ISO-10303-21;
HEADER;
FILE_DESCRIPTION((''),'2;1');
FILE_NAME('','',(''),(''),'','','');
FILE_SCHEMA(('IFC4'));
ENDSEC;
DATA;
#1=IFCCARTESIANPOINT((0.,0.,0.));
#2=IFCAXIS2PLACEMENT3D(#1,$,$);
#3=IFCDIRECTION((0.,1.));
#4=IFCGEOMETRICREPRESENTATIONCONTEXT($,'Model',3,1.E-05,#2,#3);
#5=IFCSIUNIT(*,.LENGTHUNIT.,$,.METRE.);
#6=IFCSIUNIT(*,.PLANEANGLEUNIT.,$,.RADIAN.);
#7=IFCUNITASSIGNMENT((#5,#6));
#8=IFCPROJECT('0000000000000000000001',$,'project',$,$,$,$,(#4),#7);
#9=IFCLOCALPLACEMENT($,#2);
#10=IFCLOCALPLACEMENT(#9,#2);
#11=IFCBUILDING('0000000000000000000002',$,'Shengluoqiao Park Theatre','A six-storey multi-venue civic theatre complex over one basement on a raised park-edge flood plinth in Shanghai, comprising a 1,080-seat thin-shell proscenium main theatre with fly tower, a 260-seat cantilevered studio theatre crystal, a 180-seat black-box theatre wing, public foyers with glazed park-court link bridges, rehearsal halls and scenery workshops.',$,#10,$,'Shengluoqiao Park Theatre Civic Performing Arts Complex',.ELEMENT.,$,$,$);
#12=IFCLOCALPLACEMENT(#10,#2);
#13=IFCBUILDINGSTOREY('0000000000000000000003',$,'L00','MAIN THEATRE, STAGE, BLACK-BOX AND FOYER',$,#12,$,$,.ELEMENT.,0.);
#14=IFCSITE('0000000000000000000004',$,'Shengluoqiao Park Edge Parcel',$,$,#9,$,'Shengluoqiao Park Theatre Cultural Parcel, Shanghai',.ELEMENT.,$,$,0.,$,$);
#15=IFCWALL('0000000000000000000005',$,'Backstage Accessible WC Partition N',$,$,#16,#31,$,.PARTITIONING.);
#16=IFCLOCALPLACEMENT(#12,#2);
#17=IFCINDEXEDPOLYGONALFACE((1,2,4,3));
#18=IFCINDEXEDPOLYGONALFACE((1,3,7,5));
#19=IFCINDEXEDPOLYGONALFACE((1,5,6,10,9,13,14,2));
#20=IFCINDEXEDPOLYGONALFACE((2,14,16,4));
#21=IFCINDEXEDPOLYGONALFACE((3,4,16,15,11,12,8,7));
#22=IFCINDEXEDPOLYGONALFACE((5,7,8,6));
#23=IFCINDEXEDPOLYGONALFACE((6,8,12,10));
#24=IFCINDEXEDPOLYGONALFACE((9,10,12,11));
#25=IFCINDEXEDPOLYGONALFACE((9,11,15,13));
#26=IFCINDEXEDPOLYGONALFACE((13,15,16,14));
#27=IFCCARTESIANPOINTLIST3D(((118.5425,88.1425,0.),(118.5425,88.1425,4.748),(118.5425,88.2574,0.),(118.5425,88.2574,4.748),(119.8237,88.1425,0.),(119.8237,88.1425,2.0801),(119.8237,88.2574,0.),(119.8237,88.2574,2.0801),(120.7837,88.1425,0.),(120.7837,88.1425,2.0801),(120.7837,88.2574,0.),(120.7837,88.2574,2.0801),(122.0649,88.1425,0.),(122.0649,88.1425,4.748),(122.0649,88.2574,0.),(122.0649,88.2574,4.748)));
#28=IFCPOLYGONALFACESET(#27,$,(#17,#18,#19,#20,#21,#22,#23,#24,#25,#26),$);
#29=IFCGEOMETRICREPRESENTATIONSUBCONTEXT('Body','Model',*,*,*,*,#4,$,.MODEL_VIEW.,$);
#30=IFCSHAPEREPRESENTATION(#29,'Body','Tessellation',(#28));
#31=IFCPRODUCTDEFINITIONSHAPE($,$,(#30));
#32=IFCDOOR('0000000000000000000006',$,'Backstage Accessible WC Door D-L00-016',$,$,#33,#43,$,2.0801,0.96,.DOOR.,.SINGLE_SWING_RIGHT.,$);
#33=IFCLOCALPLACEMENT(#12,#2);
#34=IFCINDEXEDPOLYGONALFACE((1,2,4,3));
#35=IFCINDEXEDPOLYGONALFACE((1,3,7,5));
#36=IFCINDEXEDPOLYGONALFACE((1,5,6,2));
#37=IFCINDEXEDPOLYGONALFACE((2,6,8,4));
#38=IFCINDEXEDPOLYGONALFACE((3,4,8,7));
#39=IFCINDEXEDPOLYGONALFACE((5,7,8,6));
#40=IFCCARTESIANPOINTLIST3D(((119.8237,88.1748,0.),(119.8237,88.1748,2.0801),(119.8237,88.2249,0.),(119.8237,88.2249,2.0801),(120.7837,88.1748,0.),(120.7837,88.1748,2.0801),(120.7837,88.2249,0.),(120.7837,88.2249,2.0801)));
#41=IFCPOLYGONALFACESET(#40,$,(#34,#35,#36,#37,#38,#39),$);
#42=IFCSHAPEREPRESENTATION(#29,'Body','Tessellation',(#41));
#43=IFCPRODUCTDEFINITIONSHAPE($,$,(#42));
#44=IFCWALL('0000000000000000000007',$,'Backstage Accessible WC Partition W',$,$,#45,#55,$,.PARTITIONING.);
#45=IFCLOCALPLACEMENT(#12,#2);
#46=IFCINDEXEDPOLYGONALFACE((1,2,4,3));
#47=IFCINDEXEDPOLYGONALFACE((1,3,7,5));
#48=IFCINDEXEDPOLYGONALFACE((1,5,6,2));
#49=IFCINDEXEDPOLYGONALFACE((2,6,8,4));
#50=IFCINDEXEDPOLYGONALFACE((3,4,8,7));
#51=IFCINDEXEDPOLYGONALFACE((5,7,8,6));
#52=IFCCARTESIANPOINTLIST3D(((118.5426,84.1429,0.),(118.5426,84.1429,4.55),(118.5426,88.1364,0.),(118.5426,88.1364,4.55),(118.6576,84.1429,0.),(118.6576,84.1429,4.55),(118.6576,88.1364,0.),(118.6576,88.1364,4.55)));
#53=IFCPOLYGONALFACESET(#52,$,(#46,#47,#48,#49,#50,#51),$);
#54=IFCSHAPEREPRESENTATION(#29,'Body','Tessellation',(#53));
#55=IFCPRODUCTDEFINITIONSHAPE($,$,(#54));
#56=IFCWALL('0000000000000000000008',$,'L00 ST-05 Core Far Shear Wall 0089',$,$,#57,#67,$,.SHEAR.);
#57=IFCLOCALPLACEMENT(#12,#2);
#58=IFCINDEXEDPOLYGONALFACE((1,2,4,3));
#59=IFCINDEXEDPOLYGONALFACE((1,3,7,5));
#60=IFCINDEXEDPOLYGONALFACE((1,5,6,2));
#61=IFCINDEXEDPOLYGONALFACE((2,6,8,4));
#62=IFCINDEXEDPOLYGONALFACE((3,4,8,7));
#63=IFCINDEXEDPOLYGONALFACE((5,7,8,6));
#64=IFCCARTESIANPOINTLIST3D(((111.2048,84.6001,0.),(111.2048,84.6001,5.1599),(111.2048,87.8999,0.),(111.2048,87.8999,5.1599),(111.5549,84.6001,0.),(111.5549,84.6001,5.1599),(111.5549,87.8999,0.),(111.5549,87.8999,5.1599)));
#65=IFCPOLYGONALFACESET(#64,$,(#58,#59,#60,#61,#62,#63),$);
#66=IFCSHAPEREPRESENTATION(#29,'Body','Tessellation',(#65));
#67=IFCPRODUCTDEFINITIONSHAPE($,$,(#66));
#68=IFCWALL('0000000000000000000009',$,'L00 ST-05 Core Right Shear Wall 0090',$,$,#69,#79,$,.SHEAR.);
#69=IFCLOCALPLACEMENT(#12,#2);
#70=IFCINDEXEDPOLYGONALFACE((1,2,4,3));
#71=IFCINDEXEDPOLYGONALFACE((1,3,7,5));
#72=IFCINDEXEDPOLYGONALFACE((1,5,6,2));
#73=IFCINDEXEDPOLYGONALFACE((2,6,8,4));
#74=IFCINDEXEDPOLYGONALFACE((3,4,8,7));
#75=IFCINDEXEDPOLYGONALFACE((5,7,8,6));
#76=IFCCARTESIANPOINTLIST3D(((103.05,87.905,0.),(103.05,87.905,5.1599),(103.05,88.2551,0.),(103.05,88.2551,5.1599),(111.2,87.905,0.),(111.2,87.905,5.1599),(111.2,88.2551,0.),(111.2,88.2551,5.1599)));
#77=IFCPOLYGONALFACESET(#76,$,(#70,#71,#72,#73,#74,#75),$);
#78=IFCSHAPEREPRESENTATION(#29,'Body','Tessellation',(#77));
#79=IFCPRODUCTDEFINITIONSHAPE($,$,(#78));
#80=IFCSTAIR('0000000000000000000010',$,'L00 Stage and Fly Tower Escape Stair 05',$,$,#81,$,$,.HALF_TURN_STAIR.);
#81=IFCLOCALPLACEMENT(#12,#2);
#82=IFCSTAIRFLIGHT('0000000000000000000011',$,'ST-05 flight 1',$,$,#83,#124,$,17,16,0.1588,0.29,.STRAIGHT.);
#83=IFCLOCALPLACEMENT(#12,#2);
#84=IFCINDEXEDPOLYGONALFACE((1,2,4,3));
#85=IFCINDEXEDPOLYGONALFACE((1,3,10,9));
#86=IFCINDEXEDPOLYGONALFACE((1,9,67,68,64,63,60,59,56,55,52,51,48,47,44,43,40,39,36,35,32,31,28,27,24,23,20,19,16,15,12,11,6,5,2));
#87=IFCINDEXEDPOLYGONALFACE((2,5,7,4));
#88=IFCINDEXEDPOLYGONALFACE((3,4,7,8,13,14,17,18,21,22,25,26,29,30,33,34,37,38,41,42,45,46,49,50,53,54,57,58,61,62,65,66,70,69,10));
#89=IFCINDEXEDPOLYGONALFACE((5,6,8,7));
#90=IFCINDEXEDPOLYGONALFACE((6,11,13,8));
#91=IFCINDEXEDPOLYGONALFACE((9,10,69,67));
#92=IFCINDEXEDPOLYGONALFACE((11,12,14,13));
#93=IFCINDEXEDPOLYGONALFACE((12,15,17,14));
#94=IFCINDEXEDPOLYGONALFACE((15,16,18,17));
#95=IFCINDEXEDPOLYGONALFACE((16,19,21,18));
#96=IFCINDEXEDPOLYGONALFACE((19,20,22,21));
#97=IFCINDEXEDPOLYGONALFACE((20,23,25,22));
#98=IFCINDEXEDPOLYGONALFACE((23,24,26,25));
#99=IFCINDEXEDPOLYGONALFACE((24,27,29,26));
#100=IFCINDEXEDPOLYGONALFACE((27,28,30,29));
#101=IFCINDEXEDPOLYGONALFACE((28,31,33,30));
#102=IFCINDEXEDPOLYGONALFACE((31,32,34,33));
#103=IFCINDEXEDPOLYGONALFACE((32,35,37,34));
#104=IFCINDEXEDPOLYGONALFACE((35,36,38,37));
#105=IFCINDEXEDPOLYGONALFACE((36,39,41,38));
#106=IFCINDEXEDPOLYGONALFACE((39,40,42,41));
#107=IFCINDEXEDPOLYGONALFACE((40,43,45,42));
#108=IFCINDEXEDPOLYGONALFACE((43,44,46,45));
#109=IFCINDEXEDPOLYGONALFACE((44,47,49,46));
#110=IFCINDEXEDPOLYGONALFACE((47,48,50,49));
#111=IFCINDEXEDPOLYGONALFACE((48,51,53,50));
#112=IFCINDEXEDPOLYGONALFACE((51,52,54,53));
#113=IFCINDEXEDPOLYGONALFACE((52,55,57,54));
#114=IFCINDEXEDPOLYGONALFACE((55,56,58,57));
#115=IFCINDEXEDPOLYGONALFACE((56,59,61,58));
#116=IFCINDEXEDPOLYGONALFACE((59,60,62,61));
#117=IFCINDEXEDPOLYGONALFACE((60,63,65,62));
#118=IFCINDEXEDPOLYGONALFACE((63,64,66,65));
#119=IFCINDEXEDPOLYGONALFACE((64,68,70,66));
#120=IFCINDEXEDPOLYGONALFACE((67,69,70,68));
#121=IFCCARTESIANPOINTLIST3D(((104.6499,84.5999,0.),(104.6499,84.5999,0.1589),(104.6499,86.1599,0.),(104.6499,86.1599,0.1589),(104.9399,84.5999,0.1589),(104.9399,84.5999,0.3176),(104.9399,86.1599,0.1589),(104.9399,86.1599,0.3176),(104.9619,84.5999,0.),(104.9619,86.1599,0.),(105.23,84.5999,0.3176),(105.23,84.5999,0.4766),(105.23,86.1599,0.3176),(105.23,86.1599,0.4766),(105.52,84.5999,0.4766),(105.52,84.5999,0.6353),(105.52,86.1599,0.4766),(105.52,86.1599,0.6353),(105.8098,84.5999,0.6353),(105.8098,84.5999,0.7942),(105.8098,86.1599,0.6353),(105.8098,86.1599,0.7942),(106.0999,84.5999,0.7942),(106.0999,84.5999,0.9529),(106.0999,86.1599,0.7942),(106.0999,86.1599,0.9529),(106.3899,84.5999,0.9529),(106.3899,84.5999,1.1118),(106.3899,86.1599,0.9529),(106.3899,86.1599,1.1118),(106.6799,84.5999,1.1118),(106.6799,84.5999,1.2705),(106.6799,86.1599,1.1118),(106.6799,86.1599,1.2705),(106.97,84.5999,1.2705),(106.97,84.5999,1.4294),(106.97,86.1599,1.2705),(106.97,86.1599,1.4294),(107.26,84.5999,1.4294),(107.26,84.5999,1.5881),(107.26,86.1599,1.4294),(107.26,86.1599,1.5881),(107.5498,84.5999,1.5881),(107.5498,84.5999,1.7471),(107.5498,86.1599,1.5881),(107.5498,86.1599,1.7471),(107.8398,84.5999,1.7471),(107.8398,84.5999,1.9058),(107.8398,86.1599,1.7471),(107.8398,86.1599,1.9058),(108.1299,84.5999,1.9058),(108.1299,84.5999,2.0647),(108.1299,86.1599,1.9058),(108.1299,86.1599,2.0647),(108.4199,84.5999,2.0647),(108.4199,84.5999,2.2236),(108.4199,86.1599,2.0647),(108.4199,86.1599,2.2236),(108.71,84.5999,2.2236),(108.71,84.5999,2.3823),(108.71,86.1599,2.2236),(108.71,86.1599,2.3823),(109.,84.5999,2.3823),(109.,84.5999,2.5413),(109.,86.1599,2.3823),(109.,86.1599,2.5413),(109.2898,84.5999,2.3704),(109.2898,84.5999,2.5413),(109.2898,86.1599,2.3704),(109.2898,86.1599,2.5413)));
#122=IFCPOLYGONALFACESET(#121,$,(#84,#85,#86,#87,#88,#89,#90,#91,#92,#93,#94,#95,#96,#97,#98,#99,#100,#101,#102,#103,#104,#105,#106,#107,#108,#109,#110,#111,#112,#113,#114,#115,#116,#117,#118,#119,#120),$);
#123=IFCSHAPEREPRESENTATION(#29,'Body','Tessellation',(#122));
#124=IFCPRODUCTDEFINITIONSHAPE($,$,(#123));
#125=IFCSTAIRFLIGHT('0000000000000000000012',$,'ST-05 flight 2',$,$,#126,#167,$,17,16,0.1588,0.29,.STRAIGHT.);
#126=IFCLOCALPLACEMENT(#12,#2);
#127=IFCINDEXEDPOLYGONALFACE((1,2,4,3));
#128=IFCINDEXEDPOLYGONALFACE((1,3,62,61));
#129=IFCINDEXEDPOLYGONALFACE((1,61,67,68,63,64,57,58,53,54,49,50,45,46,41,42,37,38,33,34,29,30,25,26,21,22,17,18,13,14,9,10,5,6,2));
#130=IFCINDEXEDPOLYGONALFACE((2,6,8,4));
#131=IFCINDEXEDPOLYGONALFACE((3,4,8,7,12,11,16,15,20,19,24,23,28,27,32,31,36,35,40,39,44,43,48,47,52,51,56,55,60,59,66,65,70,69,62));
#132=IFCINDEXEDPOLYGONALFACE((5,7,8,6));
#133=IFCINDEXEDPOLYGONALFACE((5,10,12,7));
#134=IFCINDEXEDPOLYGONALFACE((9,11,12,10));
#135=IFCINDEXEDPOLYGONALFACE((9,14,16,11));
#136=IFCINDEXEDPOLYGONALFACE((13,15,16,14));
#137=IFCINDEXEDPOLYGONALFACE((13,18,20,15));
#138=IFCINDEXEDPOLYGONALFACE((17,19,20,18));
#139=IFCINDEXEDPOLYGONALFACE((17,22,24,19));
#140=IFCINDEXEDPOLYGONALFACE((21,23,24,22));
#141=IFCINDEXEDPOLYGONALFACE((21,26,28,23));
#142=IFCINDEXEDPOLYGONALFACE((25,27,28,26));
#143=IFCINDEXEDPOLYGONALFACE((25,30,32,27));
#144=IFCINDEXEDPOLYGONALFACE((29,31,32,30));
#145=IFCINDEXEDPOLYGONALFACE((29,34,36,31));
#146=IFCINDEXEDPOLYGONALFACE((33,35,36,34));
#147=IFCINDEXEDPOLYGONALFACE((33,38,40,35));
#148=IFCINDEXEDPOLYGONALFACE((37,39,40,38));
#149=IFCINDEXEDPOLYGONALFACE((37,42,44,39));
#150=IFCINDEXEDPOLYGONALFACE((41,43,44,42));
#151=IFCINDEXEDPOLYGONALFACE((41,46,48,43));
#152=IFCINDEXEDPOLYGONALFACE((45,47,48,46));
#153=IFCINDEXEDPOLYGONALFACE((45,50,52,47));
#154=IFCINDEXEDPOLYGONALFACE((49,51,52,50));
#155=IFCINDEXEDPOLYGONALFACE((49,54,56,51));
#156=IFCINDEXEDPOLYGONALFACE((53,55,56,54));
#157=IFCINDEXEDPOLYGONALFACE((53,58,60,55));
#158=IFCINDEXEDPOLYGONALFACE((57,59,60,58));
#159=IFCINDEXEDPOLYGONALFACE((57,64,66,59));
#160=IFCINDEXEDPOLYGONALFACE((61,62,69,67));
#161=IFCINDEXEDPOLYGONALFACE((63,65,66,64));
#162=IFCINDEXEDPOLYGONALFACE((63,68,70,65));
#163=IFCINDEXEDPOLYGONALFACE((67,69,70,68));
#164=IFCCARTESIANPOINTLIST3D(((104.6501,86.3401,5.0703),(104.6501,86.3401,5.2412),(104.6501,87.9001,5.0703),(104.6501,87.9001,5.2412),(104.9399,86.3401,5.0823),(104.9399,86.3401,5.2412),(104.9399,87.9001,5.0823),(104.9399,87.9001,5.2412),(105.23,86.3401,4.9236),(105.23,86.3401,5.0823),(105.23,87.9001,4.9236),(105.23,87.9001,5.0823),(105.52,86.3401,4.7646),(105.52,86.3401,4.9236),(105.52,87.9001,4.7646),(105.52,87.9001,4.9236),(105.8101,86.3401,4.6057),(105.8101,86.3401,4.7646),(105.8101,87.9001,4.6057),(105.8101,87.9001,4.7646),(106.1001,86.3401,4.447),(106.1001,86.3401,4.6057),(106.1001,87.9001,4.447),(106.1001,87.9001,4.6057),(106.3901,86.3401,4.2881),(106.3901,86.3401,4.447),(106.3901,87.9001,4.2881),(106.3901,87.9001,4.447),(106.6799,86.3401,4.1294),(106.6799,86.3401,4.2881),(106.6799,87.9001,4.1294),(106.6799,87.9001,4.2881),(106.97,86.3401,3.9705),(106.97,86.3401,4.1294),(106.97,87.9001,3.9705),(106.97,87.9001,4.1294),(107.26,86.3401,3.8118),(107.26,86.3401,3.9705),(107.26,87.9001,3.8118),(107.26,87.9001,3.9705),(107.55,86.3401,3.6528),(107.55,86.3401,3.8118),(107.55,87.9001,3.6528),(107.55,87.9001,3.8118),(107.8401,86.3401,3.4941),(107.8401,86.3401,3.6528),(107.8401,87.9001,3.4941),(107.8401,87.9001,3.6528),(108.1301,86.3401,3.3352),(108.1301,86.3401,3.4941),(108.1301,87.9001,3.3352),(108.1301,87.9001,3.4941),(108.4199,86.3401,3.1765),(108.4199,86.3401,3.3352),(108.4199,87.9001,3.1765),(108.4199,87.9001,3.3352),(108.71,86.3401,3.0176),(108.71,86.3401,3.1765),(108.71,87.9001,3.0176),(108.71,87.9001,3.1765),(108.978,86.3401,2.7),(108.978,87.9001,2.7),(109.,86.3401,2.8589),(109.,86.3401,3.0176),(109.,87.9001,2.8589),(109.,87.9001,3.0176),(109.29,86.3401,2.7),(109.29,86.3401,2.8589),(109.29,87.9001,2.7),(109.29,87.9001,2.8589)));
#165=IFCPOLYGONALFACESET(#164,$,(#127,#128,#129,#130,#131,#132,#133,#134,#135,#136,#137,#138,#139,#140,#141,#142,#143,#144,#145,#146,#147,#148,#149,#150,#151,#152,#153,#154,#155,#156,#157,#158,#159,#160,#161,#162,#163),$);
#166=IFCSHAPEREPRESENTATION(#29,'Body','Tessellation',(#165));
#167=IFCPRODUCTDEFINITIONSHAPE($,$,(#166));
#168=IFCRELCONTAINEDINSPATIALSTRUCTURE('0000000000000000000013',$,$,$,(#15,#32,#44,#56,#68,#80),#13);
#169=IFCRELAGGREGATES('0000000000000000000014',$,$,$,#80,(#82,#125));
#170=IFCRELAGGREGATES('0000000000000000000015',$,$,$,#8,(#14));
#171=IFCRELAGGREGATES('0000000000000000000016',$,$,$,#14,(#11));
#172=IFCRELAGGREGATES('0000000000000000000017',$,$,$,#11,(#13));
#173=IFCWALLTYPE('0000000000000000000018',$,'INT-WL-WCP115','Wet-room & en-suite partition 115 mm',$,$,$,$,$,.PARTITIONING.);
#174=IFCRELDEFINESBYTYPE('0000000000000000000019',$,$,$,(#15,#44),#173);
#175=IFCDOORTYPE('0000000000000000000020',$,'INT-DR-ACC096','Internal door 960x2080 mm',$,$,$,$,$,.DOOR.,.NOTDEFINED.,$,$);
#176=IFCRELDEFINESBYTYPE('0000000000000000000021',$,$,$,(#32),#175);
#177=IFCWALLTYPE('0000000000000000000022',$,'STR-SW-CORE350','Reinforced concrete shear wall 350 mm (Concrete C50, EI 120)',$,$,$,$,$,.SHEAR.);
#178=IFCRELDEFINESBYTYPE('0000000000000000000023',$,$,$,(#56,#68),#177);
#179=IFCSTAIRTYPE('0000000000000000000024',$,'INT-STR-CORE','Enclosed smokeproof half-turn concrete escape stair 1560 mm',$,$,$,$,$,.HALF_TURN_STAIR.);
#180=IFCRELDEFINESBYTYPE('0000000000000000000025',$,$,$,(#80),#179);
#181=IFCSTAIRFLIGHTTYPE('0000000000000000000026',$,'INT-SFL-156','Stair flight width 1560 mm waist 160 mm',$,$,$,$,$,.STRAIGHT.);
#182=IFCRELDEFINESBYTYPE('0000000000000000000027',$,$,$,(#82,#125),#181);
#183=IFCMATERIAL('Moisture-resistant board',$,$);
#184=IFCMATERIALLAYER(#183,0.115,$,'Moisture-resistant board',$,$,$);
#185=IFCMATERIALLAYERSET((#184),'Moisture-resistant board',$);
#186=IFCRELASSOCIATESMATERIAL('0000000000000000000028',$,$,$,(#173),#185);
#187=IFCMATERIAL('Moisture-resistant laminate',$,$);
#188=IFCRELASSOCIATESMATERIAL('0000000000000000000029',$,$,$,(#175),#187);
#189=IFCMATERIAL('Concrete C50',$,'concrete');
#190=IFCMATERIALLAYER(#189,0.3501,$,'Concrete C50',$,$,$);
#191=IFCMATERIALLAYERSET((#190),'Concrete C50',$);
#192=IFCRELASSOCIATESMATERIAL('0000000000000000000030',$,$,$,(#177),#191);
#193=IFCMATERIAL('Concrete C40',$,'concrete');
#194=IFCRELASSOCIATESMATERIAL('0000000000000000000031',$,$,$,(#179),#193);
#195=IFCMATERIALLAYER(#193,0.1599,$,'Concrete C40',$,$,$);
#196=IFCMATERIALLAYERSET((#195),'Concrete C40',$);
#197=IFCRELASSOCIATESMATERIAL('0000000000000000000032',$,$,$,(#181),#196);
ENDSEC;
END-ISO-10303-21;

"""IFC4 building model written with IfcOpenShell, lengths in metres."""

from ifc_helpers import new_model, si_unit, direction, frame, frame_2d, origin, place, context, subcontext, project, spatial, polyline, rectangle, outline, extrude, material, layer, layer_set, type_object, element, fill, aggregate, save


model = new_model("IFC4")

# Units and contexts
model_context = context("Model", 3, precision=1e-05, world=origin(), true_north=direction((0.0, 1.0)))
body_context = subcontext(model_context, "Body", "Model", "MODEL_VIEW")
ifc_project = project(units=[si_unit("LENGTHUNIT", "METRE"), si_unit("PLANEANGLEUNIT", "RADIAN")], contexts=[model_context])

# Site, building, storey
site_placement = place(None, origin())
site = spatial("IfcSite", under=ifc_project, at=site_placement, Name="Shengluoqiao Park Edge Parcel", LongName="Shengluoqiao Park Theatre Cultural Parcel, Shanghai", CompositionType="ELEMENT", RefElevation=0.0)
building_placement = place(site_placement, origin())
building = spatial("IfcBuilding", under=site, at=building_placement, Name="Shengluoqiao Park Theatre", Description="A six-storey multi-venue civic theatre complex over one basement on a raised park-edge flood plinth in Shanghai, comprising a 1,080-seat thin-shell proscenium main theatre with fly tower, a 260-seat cantilevered studio theatre crystal, a 180-seat black-box theatre wing, public foyers with glazed park-court link bridges, rehearsal halls and scenery workshops.", LongName="Shengluoqiao Park Theatre Civic Performing Arts Complex", CompositionType="ELEMENT")
storey_placement = place(building_placement, origin())
storey = spatial("IfcBuildingStorey", under=building, at=storey_placement, Name="L00", Description="MAIN THEATRE, STAGE, BLACK-BOX AND FOYER", CompositionType="ELEMENT", Elevation=0.0)

# Shared definitions
ifc_material_1 = material(Name="Concrete C40", Category="concrete")

# Wall, opening, door
ifc_material_2 = material(Name="Moisture-resistant board")
ifc_layer_1 = layer(ifc_material_2, 0.115, Name="Moisture-resistant board")
ifc_layer_set_1 = layer_set([ifc_layer_1], Name="Moisture-resistant board")
wall_type_1 = type_object("IfcWallType", Name="INT-WL-WCP115", Description="Wet-room & en-suite partition 115 mm", PredefinedType="PARTITIONING", material=ifc_layer_set_1)
wall_1_placement = place(storey_placement, frame((118.5425, 88.2, 0.0), z_axis=(0.0, 0.0, 1.0), x_axis=(1.0, 0.0, 0.0)))
wall_1 = element("IfcWall", 1, at=wall_1_placement, inside=storey, type_object=wall_type_1, Name="Backstage Accessible WC Partition N", PredefinedType="PARTITIONING", context=body_context, shape_type="SweptSolid", body=[
    extrude(rectangle(XDim=3.5225, YDim=0.115, at=frame_2d((1.7612, 0.0))), origin(), (0.0, 0.0, 1.0), 4.748),
])
opening_1_placement = place(wall_1_placement, frame((1.2812, 0.0, 0.0)))
opening_1 = element("IfcOpeningElement", 2, at=opening_1_placement, cuts=wall_1, PredefinedType="OPENING", context=body_context, shape_type="SweptSolid", body=[
    extrude(rectangle(XDim=0.96, YDim=2.0801, at=frame_2d((0.48, 1.04))), frame((0.0, 0.0674, 0.0), z_axis=(0.0, -1.0, 0.0), x_axis=(1.0, 0.0, 0.0)), (0.0, 0.0, 1.0), 0.135),
])
ifc_material_3 = material(Name="Moisture-resistant laminate")
door_type_1 = type_object("IfcDoorType", Name="INT-DR-ACC096", Description="Internal door 960x2080 mm", OperationType="NOTDEFINED", PredefinedType="DOOR", material=ifc_material_3)
door_1_placement = place(opening_1_placement, origin())
door_1 = element("IfcDoor", 3, at=door_1_placement, inside=storey, type_object=door_type_1, Name="Backstage Accessible WC Door D-L00-016", OperationType="SINGLE_SWING_RIGHT", OverallHeight=2.0801, OverallWidth=0.96, PredefinedType="DOOR", context=body_context, shape_type="SweptSolid", body=[
    extrude(rectangle(XDim=0.96, YDim=2.0801, at=frame_2d((0.48, 1.04))), frame((0.0, 0.0249, 0.0), z_axis=(0.0, -1.0, 0.0), x_axis=(1.0, 0.0, 0.0)), (0.0, 0.0, 1.0), 0.05),
])
fill(opening_1, door_1)

# Walls
wall_2_placement = place(storey_placement, frame((118.6001, 84.1431, 0.0), z_axis=(0.0, 0.0, 1.0), x_axis=(0.0, 1.0, 0.0)))
element("IfcWall", 4, at=wall_2_placement, inside=storey, type_object=wall_type_1, Name="Backstage Accessible WC Partition W", PredefinedType="PARTITIONING", context=body_context, shape_type="SweptSolid", body=[
    extrude(rectangle(XDim=3.9934, YDim=0.115, at=frame_2d((1.9966, 0.0))), origin(), (0.0, 0.0, 1.0), 4.55),
])
ifc_material_4 = material(Name="Concrete C50", Category="concrete")
ifc_layer_2 = layer(ifc_material_4, 0.3501, Name="Concrete C50")
ifc_layer_set_2 = layer_set([ifc_layer_2], Name="Concrete C50")
wall_type_2 = type_object("IfcWallType", Name="STR-SW-CORE350", Description="Reinforced concrete shear wall 350 mm (Concrete C50, EI 120)", PredefinedType="SHEAR", material=ifc_layer_set_2)
wall_3_placement = place(storey_placement, frame((111.3799, 84.6001, 0.0), z_axis=(0.0, 0.0, 1.0), x_axis=(0.0, 1.0, 0.0)))
element("IfcWall", 5, at=wall_3_placement, inside=storey, type_object=wall_type_2, Name="L00 ST-05 Core Far Shear Wall 0089", PredefinedType="SHEAR", context=body_context, shape_type="SweptSolid", body=[
    extrude(rectangle(XDim=3.2998, YDim=0.3501, at=frame_2d((1.6499, 0.0))), origin(), (0.0, 0.0, 1.0), 5.1599),
])
wall_4_placement = place(storey_placement, frame((111.2, 88.0801, 0.0), z_axis=(0.0, 0.0, 1.0), x_axis=(-1.0, 0.0, 0.0)))
element("IfcWall", 6, at=wall_4_placement, inside=storey, type_object=wall_type_2, Name="L00 ST-05 Core Right Shear Wall 0090", PredefinedType="SHEAR", context=body_context, shape_type="SweptSolid", body=[
    extrude(rectangle(XDim=8.1499, YDim=0.3501, at=frame_2d((4.075, 0.0))), origin(), (0.0, 0.0, 1.0), 5.1599),
])

# Stair, stair flights
stair_type = type_object("IfcStairType", Name="INT-STR-CORE", Description="Enclosed smokeproof half-turn concrete escape stair 1560 mm", PredefinedType="HALF_TURN_STAIR", material=ifc_material_1)
stair_placement = place(storey_placement, origin())
stair = element("IfcStair", 7, at=stair_placement, inside=storey, type_object=stair_type, Name="L00 Stage and Fly Tower Escape Stair 05", PredefinedType="HALF_TURN_STAIR")
ifc_layer_3 = layer(ifc_material_1, 0.1599, Name="Concrete C40")
ifc_layer_set_3 = layer_set([ifc_layer_3], Name="Concrete C40")
stair_flight_type = type_object("IfcStairFlightType", Name="INT-SFL-156", Description="Stair flight width 1560 mm waist 160 mm", PredefinedType="STRAIGHT", material=ifc_layer_set_3)
stair_flight_1_placement = place(storey_placement, frame((104.6499, 85.3799, 0.0), z_axis=(0.0, 0.0, 1.0), x_axis=(1.0, 0.0, 0.0)))
stair_flight_1 = element("IfcStairFlight", 8, at=stair_flight_1_placement, type_object=stair_flight_type, Name="ST-05 flight 1", NumberOfRisers=17, NumberOfTreads=16, PredefinedType="STRAIGHT", RiserHeight=0.1588, TreadLength=0.29, context=body_context, shape_type="SweptSolid", body=[
    extrude(outline(polyline([(0.0, 0.0), (0.0, 0.1589), (0.29, 0.1589), (0.29, 0.3176), (0.5801, 0.3176), (0.5801, 0.4766), (0.8701, 0.4766), (0.8701, 0.6353), (1.1599, 0.6353), (1.1599, 0.7942), (1.45, 0.7942), (1.45, 0.9529), (1.74, 0.9529), (1.74, 1.1118), (2.03, 1.1118), (2.03, 1.2705), (2.3201, 1.2705), (2.3201, 1.4294), (2.6101, 1.4294), (2.6101, 1.5881), (2.8999, 1.5881), (2.8999, 1.7471), (3.1899, 1.7471), (3.1899, 1.9058), (3.48, 1.9058), (3.48, 2.0647), (3.77, 2.0647), (3.77, 2.2236), (4.0601, 2.2236), (4.0601, 2.3823), (4.3501, 2.3823), (4.3501, 2.5413), (4.6399, 2.5413), (4.6399, 2.7), (4.6399, 2.3704), (0.312, 0.0), (0.0, 0.0)])), frame((0.0, 0.78, 0.0), z_axis=(0.0, -1.0, 0.0), x_axis=(1.0, 0.0, 0.0)), (0.0, 0.0, 1.0), 1.5601),
])
stair_flight_2_placement = place(storey_placement, frame((109.29, 87.1201, 2.7), z_axis=(0.0, 0.0, 1.0), x_axis=(-1.0, 0.0, 0.0)))
stair_flight_2 = element("IfcStairFlight", 9, at=stair_flight_2_placement, type_object=stair_flight_type, Name="ST-05 flight 2", NumberOfRisers=17, NumberOfTreads=16, PredefinedType="STRAIGHT", RiserHeight=0.1588, TreadLength=0.29, context=body_context, shape_type="SweptSolid", body=[
    extrude(outline(polyline([(0.0, 0.0), (0.0, 0.1589), (0.29, 0.1589), (0.29, 0.3176), (0.5801, 0.3176), (0.5801, 0.4766), (0.8701, 0.4766), (0.8701, 0.6353), (1.1599, 0.6353), (1.1599, 0.7942), (1.45, 0.7942), (1.45, 0.9529), (1.74, 0.9529), (1.74, 1.1118), (2.03, 1.1118), (2.03, 1.2705), (2.3201, 1.2705), (2.3201, 1.4294), (2.6101, 1.4294), (2.6101, 1.5881), (2.8999, 1.5881), (2.8999, 1.7471), (3.1899, 1.7471), (3.1899, 1.9058), (3.48, 1.9058), (3.48, 2.0647), (3.77, 2.0647), (3.77, 2.2236), (4.0601, 2.2236), (4.0601, 2.3823), (4.3501, 2.3823), (4.3501, 2.5413), (4.6399, 2.5413), (4.6399, 2.7), (4.6399, 2.3704), (0.312, 0.0), (0.0, 0.0)])), frame((0.0, 0.78, 0.0), z_axis=(0.0, -1.0, 0.0), x_axis=(1.0, 0.0, 0.0)), (0.0, 0.0, 1.0), 1.5601),
])
aggregate(stair, [stair_flight_1, stair_flight_2])

save(model, "model.ifc")
